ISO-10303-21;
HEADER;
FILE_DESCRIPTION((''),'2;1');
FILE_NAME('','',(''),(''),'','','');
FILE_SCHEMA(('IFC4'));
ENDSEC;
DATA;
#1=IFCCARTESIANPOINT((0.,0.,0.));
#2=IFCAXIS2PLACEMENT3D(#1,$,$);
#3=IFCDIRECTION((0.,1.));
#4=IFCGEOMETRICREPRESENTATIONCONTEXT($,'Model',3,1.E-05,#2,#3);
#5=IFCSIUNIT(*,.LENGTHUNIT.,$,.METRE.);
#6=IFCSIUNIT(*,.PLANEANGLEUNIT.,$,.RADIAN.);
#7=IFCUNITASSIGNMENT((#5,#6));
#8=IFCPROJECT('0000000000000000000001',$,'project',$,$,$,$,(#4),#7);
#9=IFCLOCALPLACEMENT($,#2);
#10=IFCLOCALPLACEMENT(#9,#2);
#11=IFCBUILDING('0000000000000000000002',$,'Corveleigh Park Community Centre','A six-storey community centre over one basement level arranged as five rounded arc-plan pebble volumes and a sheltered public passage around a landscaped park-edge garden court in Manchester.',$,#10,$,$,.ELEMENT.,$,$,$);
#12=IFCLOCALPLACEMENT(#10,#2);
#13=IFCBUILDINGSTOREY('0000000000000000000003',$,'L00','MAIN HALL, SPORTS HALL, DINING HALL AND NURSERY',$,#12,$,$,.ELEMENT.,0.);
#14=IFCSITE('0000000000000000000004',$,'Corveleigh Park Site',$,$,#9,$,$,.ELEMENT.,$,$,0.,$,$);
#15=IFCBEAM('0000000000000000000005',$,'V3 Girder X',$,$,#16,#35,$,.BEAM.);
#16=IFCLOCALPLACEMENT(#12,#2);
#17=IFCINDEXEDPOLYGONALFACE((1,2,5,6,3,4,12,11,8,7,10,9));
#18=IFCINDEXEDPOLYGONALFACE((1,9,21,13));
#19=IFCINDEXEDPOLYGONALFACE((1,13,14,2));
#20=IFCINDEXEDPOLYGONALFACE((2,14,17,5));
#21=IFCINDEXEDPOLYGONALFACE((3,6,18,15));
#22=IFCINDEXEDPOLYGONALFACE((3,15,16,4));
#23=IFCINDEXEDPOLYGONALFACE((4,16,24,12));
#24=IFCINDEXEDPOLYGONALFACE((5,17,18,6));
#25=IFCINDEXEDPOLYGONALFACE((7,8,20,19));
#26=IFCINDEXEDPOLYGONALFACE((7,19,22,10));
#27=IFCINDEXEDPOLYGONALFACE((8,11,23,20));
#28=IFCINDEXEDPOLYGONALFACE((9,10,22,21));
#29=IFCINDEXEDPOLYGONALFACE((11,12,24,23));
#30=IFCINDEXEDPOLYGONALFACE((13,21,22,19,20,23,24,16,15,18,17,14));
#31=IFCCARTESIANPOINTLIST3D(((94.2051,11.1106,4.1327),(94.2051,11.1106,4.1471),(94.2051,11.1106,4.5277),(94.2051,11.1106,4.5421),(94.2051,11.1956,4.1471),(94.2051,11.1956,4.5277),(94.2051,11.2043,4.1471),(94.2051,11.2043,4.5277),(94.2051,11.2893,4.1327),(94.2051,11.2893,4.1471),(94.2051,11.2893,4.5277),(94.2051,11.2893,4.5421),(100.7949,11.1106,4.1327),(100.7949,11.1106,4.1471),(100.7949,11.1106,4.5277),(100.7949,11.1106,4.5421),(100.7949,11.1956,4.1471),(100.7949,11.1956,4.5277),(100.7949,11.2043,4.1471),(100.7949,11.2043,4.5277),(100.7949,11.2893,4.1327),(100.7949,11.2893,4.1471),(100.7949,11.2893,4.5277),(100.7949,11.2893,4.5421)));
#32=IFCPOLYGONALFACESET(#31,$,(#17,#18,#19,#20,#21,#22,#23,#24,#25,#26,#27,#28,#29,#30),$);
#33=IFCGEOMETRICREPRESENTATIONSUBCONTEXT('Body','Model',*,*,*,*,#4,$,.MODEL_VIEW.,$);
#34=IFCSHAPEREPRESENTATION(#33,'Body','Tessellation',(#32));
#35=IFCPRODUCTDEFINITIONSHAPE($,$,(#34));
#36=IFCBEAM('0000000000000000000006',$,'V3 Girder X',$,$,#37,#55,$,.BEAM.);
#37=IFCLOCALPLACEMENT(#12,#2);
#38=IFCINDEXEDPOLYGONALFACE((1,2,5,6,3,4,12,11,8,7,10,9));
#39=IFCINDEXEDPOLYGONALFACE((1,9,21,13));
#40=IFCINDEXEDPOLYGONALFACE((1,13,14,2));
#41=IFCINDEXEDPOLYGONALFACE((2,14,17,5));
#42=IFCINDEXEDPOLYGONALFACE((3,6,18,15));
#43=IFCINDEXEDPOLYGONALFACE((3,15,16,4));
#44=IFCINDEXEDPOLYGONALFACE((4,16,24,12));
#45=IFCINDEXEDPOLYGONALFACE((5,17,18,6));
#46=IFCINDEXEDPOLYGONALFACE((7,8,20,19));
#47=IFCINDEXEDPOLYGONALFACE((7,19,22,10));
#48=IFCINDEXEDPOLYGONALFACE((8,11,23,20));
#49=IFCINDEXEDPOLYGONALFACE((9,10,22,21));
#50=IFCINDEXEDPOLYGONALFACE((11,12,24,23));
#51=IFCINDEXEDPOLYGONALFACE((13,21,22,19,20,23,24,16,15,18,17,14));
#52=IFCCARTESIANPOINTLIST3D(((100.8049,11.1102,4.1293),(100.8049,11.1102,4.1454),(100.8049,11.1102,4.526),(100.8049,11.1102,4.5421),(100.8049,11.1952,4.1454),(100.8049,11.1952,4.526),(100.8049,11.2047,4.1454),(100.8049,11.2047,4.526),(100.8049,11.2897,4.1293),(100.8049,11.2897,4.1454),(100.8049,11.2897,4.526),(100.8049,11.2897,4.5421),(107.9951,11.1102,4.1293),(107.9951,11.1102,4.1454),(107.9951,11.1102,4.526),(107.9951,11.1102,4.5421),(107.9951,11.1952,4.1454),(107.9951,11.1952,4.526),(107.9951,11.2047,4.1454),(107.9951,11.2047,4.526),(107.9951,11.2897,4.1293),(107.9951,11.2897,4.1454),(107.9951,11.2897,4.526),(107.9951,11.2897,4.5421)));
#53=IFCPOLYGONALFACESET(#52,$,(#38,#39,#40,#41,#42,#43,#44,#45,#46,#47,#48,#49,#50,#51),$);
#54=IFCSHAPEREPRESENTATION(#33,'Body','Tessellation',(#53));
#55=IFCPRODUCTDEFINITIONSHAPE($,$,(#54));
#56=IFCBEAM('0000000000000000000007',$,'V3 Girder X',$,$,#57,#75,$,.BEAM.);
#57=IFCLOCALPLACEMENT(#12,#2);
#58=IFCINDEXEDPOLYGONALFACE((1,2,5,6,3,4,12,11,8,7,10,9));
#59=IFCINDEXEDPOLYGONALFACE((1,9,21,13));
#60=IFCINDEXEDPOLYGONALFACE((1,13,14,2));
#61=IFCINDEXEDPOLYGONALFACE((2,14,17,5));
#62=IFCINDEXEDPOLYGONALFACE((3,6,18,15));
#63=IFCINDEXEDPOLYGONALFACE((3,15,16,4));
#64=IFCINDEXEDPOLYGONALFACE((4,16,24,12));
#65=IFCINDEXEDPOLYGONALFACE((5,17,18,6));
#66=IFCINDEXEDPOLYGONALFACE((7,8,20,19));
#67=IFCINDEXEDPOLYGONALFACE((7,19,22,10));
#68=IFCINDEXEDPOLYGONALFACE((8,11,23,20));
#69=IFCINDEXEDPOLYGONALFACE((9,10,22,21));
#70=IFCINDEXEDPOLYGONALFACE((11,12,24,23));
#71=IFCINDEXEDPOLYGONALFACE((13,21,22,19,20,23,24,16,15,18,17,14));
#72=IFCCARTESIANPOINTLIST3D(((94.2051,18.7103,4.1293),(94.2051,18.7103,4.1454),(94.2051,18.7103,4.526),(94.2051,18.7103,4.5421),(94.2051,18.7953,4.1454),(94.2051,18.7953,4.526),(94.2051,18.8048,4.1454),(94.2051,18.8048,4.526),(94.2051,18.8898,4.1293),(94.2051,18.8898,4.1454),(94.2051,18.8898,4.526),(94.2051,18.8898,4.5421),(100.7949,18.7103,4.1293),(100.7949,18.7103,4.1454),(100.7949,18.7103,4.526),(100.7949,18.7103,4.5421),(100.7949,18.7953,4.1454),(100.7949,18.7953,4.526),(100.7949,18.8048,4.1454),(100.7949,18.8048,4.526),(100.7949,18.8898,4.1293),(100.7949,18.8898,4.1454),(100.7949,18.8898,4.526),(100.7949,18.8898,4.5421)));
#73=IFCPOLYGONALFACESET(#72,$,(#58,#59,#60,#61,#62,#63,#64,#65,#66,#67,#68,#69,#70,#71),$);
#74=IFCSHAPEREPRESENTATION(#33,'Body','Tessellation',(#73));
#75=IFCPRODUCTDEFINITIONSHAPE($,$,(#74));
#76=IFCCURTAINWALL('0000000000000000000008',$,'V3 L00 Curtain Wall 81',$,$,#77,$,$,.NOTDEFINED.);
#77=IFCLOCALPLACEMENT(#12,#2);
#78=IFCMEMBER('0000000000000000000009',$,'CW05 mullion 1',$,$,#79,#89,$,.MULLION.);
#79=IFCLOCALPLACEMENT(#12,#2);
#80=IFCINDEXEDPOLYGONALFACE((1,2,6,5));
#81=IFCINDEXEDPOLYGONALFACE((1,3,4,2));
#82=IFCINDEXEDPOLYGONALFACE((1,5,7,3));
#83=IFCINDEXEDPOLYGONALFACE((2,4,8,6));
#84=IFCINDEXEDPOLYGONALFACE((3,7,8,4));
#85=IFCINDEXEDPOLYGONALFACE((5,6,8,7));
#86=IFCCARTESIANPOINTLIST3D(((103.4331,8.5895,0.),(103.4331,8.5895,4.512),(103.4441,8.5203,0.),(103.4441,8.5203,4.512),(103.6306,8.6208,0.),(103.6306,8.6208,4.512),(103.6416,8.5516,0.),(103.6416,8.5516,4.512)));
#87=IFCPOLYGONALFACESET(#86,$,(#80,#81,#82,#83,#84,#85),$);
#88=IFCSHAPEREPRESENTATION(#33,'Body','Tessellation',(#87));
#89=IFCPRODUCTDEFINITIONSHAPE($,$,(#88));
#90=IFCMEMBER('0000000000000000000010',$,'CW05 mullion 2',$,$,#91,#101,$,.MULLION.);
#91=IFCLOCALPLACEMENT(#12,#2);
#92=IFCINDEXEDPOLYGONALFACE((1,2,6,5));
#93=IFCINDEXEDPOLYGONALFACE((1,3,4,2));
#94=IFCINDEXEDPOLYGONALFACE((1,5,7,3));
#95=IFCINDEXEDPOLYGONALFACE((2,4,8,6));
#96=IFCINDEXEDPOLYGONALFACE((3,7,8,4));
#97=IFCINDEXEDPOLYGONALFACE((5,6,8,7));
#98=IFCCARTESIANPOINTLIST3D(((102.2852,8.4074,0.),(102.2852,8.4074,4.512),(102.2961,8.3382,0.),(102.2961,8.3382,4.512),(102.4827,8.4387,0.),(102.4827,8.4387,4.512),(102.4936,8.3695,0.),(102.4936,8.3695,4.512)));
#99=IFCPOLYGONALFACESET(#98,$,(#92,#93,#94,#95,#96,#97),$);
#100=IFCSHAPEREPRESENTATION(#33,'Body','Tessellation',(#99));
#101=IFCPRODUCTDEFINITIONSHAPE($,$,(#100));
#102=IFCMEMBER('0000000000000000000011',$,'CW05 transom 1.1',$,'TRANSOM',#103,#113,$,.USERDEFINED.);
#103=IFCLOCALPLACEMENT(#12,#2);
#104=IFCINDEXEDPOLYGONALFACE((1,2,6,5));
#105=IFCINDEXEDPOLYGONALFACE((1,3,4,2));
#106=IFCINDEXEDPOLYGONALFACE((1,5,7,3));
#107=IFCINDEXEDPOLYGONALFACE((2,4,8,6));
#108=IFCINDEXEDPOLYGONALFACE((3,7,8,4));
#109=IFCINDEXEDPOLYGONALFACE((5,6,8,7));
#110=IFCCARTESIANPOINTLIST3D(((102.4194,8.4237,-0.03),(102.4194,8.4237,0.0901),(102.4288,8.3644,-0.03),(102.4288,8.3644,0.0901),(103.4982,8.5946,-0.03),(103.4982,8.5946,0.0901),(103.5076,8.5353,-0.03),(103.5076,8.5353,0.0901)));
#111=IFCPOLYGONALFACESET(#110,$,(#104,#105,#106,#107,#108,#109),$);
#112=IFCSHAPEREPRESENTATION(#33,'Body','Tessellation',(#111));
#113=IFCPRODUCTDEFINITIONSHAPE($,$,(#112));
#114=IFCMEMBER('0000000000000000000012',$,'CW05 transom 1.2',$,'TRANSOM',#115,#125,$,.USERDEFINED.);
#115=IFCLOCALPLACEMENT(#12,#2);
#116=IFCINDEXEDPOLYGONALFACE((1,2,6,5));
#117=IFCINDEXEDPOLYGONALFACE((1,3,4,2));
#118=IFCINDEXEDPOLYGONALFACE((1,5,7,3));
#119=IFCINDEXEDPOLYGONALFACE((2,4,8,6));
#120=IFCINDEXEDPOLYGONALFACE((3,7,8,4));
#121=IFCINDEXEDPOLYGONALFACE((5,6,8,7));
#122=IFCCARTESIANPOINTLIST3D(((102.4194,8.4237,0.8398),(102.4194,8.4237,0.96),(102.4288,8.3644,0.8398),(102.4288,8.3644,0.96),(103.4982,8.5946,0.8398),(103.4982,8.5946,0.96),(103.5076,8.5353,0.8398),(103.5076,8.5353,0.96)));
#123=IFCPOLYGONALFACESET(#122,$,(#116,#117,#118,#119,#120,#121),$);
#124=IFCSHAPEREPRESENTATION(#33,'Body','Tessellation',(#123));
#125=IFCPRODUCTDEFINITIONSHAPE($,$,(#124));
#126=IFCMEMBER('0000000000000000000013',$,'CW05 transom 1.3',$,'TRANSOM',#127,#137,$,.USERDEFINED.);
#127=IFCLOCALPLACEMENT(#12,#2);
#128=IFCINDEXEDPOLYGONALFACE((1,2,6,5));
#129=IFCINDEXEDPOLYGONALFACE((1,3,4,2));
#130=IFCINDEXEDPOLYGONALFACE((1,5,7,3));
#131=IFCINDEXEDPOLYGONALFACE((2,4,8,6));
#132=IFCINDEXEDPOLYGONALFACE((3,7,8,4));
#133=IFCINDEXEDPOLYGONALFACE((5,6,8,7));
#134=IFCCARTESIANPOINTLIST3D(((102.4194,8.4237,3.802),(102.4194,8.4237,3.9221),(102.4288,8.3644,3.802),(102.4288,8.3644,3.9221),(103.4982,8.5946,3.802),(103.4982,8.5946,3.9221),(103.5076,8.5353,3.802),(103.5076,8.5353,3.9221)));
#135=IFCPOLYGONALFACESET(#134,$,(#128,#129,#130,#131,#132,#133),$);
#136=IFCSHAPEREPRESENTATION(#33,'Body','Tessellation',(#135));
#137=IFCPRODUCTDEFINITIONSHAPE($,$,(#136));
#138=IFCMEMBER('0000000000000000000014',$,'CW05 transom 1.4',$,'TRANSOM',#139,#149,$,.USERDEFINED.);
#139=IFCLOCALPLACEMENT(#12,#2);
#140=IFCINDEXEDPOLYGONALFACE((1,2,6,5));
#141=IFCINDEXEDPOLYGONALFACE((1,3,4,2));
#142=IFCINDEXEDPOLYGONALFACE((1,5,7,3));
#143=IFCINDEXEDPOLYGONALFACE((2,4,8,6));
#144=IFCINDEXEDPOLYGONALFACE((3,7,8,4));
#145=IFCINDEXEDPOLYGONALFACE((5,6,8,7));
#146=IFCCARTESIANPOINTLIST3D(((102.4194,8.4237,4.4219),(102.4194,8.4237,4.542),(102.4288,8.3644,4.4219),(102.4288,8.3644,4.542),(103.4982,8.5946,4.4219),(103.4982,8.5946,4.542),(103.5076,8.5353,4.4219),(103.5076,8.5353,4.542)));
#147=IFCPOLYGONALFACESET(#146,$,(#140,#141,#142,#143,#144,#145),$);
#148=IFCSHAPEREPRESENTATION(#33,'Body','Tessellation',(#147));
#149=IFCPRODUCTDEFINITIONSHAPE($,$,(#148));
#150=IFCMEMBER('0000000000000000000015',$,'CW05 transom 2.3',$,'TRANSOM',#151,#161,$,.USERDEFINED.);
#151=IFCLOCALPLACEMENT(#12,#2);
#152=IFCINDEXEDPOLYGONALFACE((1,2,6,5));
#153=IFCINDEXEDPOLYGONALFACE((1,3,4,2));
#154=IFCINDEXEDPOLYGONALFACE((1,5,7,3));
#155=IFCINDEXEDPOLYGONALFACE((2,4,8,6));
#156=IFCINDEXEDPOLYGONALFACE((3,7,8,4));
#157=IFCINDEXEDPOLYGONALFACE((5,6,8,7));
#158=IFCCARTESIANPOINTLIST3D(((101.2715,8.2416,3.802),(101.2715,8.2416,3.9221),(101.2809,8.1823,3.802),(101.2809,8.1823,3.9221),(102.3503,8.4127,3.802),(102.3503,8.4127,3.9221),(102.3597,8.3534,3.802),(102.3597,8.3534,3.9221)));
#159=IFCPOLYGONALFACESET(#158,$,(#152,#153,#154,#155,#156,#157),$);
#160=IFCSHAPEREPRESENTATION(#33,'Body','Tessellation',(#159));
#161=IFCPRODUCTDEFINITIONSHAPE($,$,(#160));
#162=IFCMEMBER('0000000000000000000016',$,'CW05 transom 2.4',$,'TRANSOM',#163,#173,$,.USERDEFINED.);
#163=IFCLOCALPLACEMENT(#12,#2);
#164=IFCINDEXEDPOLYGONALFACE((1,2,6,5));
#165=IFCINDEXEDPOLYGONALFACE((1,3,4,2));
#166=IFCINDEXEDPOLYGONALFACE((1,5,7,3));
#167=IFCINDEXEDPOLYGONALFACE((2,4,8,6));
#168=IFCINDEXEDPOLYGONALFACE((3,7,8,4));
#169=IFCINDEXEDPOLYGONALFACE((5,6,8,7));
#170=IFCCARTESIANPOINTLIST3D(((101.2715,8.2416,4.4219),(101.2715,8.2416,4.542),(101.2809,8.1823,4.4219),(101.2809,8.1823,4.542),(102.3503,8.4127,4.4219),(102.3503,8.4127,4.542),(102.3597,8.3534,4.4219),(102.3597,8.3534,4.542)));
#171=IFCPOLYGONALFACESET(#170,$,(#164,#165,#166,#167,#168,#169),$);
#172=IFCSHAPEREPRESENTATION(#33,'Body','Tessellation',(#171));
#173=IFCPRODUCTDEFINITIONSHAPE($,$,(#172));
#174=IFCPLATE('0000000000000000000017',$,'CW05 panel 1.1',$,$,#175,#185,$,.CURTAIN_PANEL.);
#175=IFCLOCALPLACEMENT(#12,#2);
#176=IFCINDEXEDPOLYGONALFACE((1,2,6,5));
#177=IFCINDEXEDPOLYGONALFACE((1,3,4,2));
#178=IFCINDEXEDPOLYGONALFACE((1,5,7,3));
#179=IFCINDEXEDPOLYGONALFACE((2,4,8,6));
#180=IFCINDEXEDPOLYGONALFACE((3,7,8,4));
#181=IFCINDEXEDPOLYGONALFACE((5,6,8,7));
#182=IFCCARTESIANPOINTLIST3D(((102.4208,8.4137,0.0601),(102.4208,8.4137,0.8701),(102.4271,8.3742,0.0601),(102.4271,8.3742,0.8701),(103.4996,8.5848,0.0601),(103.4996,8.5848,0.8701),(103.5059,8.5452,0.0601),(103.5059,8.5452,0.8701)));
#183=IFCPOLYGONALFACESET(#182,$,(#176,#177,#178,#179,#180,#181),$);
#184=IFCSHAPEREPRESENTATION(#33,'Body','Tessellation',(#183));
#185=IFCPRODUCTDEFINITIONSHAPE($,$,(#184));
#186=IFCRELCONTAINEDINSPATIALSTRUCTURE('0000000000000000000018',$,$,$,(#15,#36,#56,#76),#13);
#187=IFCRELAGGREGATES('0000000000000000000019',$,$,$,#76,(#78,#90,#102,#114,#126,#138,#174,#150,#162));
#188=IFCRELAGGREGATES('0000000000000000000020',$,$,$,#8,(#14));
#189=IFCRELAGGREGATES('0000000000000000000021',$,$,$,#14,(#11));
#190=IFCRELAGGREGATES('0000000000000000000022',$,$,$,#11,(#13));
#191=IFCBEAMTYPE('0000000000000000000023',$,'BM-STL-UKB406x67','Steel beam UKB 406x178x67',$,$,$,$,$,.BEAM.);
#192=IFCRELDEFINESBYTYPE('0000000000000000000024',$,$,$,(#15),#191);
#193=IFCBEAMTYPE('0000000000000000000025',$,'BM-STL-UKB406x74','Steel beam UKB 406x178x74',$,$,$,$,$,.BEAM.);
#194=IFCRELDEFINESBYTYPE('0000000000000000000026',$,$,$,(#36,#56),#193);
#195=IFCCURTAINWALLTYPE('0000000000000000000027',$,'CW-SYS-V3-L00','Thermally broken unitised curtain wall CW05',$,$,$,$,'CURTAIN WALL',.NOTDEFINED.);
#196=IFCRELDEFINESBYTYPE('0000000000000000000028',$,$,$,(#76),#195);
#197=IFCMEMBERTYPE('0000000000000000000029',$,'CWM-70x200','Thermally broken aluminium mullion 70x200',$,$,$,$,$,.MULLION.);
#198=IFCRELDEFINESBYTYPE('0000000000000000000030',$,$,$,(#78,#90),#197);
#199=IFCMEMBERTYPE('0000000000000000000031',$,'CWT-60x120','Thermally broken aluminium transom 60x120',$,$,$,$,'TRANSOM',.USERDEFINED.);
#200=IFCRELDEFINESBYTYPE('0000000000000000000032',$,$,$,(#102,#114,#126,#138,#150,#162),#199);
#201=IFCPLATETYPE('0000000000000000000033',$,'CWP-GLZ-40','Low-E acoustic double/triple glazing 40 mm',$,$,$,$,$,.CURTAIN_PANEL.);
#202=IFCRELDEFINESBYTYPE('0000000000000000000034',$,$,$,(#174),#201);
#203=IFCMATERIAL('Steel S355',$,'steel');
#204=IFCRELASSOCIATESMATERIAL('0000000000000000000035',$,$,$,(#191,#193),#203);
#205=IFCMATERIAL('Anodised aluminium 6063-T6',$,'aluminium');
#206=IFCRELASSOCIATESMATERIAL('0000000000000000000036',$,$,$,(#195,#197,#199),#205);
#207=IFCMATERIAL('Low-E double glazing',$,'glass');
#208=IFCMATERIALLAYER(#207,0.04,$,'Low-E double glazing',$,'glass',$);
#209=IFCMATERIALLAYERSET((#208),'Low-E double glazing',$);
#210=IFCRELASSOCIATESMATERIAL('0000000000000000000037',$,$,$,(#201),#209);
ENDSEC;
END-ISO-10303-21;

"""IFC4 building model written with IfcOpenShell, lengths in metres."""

from ifc_helpers import new_model, si_unit, direction, frame, origin, origin_2d, place, context, subcontext, project, spatial, rectangle, i_section, extrude, material, layer, layer_set, material_profile, profile_set, type_object, element, aggregate, save


model = new_model("IFC4")

# Units and contexts
model_context = context("Model", 3, precision=1e-05, world=origin(), true_north=direction((0.0, 1.0)))
body_context = subcontext(model_context, "Body", "Model", "MODEL_VIEW")
ifc_project = project(units=[si_unit("LENGTHUNIT", "METRE"), si_unit("PLANEANGLEUNIT", "RADIAN")], contexts=[model_context])

# Site, building, storey
site_placement = place(None, origin())
site = spatial("IfcSite", under=ifc_project, at=site_placement, Name="Corveleigh Park Site", CompositionType="ELEMENT", RefElevation=0.0)
building_placement = place(site_placement, origin())
building = spatial("IfcBuilding", under=site, at=building_placement, Name="Corveleigh Park Community Centre", Description="A six-storey community centre over one basement level arranged as five rounded arc-plan pebble volumes and a sheltered public passage around a landscaped park-edge garden court in Manchester.", CompositionType="ELEMENT")
storey_placement = place(building_placement, origin())
storey = spatial("IfcBuildingStorey", under=building, at=storey_placement, Name="L00", Description="MAIN HALL, SPORTS HALL, DINING HALL AND NURSERY", CompositionType="ELEMENT", Elevation=0.0)

# Beams
ifc_material_1 = material(Name="Steel S355", Category="steel")
ifc_material_profile_1 = material_profile(ifc_material_1, i_section(OverallWidth=0.1787, OverallDepth=0.4094, WebThickness=0.0088, FlangeThickness=0.0144, at=origin_2d()), Name="UKB 406x178x67", Category="steel")
ifc_profile_set_1 = profile_set([ifc_material_profile_1], Name="Steel S355")
beam_type_1 = type_object("IfcBeamType", Name="BM-STL-UKB406x67", Description="Steel beam UKB 406x178x67", PredefinedType="BEAM", material=ifc_profile_set_1)
beam_1_placement = place(storey_placement, frame((94.2051, 11.2, 4.3374), z_axis=(1.0, 0.0, 0.0), x_axis=(0.0, 1.0, 0.0)))
element("IfcBeam", 1, at=beam_1_placement, inside=storey, type_object=beam_type_1, Name="V3 Girder X", PredefinedType="BEAM", context=body_context, shape_type="SweptSolid", body=[
    extrude(i_section(OverallWidth=0.1787, OverallDepth=0.4094, WebThickness=0.0088, FlangeThickness=0.0144, at=origin_2d()), origin(), (0.0, 0.0, 1.0), 6.5898),
])
ifc_material_profile_2 = material_profile(ifc_material_1, i_section(OverallWidth=0.1794, OverallDepth=0.4128, WebThickness=0.0095, FlangeThickness=0.0161, at=origin_2d()), Name="UKB 406x178x74", Category="steel")
ifc_profile_set_2 = profile_set([ifc_material_profile_2], Name="Steel S355")
beam_type_2 = type_object("IfcBeamType", Name="BM-STL-UKB406x74", Description="Steel beam UKB 406x178x74", PredefinedType="BEAM", material=ifc_profile_set_2)
beam_2_placement = place(storey_placement, frame((100.8049, 11.2, 4.3357), z_axis=(1.0, 0.0, 0.0), x_axis=(0.0, 1.0, 0.0)))
element("IfcBeam", 2, at=beam_2_placement, inside=storey, type_object=beam_type_2, Name="V3 Girder X", PredefinedType="BEAM", context=body_context, shape_type="SweptSolid", body=[
    extrude(i_section(OverallWidth=0.1794, OverallDepth=0.4128, WebThickness=0.0095, FlangeThickness=0.0161, at=origin_2d()), origin(), (0.0, 0.0, 1.0), 7.1902),
])
beam_3_placement = place(storey_placement, frame((94.2051, 18.8, 4.3357), z_axis=(1.0, 0.0, 0.0), x_axis=(0.0, 1.0, 0.0)))
element("IfcBeam", 3, at=beam_3_placement, inside=storey, type_object=beam_type_2, Name="V3 Girder X", PredefinedType="BEAM", context=body_context, shape_type="SweptSolid", body=[
    extrude(i_section(OverallWidth=0.1794, OverallDepth=0.4128, WebThickness=0.0095, FlangeThickness=0.0161, at=origin_2d()), origin(), (0.0, 0.0, 1.0), 6.5898),
])

# Curtain wall, members, plate
ifc_material_2 = material(Name="Anodised aluminium 6063-T6", Category="aluminium")
curtain_wall_type = type_object("IfcCurtainWallType", Name="CW-SYS-V3-L00", Description="Thermally broken unitised curtain wall CW05", ElementType="CURTAIN WALL", PredefinedType="NOTDEFINED", material=ifc_material_2)
curtain_wall_placement = place(storey_placement, origin())
curtain_wall = element("IfcCurtainWall", 4, at=curtain_wall_placement, inside=storey, type_object=curtain_wall_type, Name="V3 L00 Curtain Wall 81", PredefinedType="NOTDEFINED")
ifc_material_profile_3 = material_profile(ifc_material_2, rectangle(XDim=0.0701, YDim=0.2, at=origin_2d()), Name="ALU-M70x200", Category="aluminium")
ifc_profile_set_3 = profile_set([ifc_material_profile_3], Name="Anodised aluminium 6063-T6")
member_type_1 = type_object("IfcMemberType", Name="CWM-70x200", Description="Thermally broken aluminium mullion 70x200", PredefinedType="MULLION", material=ifc_profile_set_3)
member_1_placement = place(storey_placement, frame((103.5374, 8.5706, 0.0), z_axis=(0.0, 0.0, 1.0), x_axis=(0.156606, -0.987661, 0.0)))
member_1 = element("IfcMember", 5, at=member_1_placement, type_object=member_type_1, Name="CW05 mullion 1", PredefinedType="MULLION", context=body_context, shape_type="SweptSolid", body=[
    extrude(rectangle(XDim=0.0701, YDim=0.2, at=origin_2d()), origin(), (0.0, 0.0, 1.0), 4.512),
])
member_2_placement = place(storey_placement, frame((102.3894, 8.3884, 0.0), z_axis=(0.0, 0.0, 1.0), x_axis=(0.156606, -0.987661, 0.0)))
member_2 = element("IfcMember", 6, at=member_2_placement, type_object=member_type_1, Name="CW05 mullion 2", PredefinedType="MULLION", context=body_context, shape_type="SweptSolid", body=[
    extrude(rectangle(XDim=0.0701, YDim=0.2, at=origin_2d()), origin(), (0.0, 0.0, 1.0), 4.512),
])
ifc_material_profile_4 = material_profile(ifc_material_2, rectangle(XDim=0.0601, YDim=0.1201, at=origin_2d()), Name="ALU-T60x120", Category="aluminium")
ifc_profile_set_4 = profile_set([ifc_material_profile_4], Name="Anodised aluminium 6063-T6")
member_type_2 = type_object("IfcMemberType", Name="CWT-60x120", Description="Thermally broken aluminium transom 60x120", ElementType="TRANSOM", PredefinedType="USERDEFINED", material=ifc_profile_set_4)
member_3_placement = place(storey_placement, frame((103.5029, 8.5649, 0.03), z_axis=(-0.987685, -0.156456, 0.0), x_axis=(0.156456, -0.987685, 0.0)))
member_3 = element("IfcMember", 7, at=member_3_placement, type_object=member_type_2, Name="CW05 transom 1.1", ObjectType="TRANSOM", PredefinedType="USERDEFINED", context=body_context, shape_type="SweptSolid", body=[
    extrude(rectangle(XDim=0.0601, YDim=0.1201, at=origin_2d()), origin(), (0.0, 0.0, 1.0), 1.0923),
])
member_4_placement = place(storey_placement, frame((103.5029, 8.5649, 0.8999), z_axis=(-0.987685, -0.156456, 0.0), x_axis=(0.156456, -0.987685, 0.0)))
member_4 = element("IfcMember", 8, at=member_4_placement, type_object=member_type_2, Name="CW05 transom 1.2", ObjectType="TRANSOM", PredefinedType="USERDEFINED", context=body_context, shape_type="SweptSolid", body=[
    extrude(rectangle(XDim=0.0601, YDim=0.1201, at=origin_2d()), origin(), (0.0, 0.0, 1.0), 1.0923),
])
member_5_placement = place(storey_placement, frame((103.5029, 8.5649, 3.8621), z_axis=(-0.987685, -0.156456, 0.0), x_axis=(0.156456, -0.987685, 0.0)))
member_5 = element("IfcMember", 9, at=member_5_placement, type_object=member_type_2, Name="CW05 transom 1.3", ObjectType="TRANSOM", PredefinedType="USERDEFINED", context=body_context, shape_type="SweptSolid", body=[
    extrude(rectangle(XDim=0.0601, YDim=0.1201, at=origin_2d()), origin(), (0.0, 0.0, 1.0), 1.0923),
])
member_6_placement = place(storey_placement, frame((103.5029, 8.5649, 4.4819), z_axis=(-0.987685, -0.156456, 0.0), x_axis=(0.156456, -0.987685, 0.0)))
member_6 = element("IfcMember", 10, at=member_6_placement, type_object=member_type_2, Name="CW05 transom 1.4", ObjectType="TRANSOM", PredefinedType="USERDEFINED", context=body_context, shape_type="SweptSolid", body=[
    extrude(rectangle(XDim=0.0601, YDim=0.1201, at=origin_2d()), origin(), (0.0, 0.0, 1.0), 1.0923),
])
member_7_placement = place(storey_placement, frame((102.355, 8.3831, 3.8621), z_axis=(-0.98765, -0.156674, 0.0), x_axis=(0.156674, -0.98765, 0.0)))
member_7 = element("IfcMember", 11, at=member_7_placement, type_object=member_type_2, Name="CW05 transom 2.3", ObjectType="TRANSOM", PredefinedType="USERDEFINED", context=body_context, shape_type="SweptSolid", body=[
    extrude(rectangle(XDim=0.0601, YDim=0.1201, at=origin_2d()), origin(), (0.0, 0.0, 1.0), 1.0923),
])
member_8_placement = place(storey_placement, frame((102.355, 8.3831, 4.4819), z_axis=(-0.98765, -0.156674, 0.0), x_axis=(0.156674, -0.98765, 0.0)))
member_8 = element("IfcMember", 12, at=member_8_placement, type_object=member_type_2, Name="CW05 transom 2.4", ObjectType="TRANSOM", PredefinedType="USERDEFINED", context=body_context, shape_type="SweptSolid", body=[
    extrude(rectangle(XDim=0.0601, YDim=0.1201, at=origin_2d()), origin(), (0.0, 0.0, 1.0), 1.0923),
])
ifc_material_3 = material(Name="Low-E double glazing", Category="glass")
ifc_layer_1 = layer(ifc_material_3, 0.04, Name="Low-E double glazing", Category="glass")
ifc_layer_set_1 = layer_set([ifc_layer_1], Name="Low-E double glazing")
plate_type = type_object("IfcPlateType", Name="CWP-GLZ-40", Description="Low-E acoustic double/triple glazing 40 mm", PredefinedType="CURTAIN_PANEL", material=ifc_layer_set_1)
plate_1_placement = place(storey_placement, frame((102.9634, 8.4795, 0.0601), z_axis=(0.0, 0.0, 1.0), x_axis=(-0.987661, -0.156606, 0.0)))
plate_1 = element("IfcPlate", 13, at=plate_1_placement, type_object=plate_type, Name="CW05 panel 1.1", PredefinedType="CURTAIN_PANEL", context=body_context, shape_type="SweptSolid", body=[
    extrude(rectangle(XDim=1.0923, YDim=0.04, at=origin_2d()), origin(), (0.0, 0.0, 1.0), 0.8101),
])
aggregate(curtain_wall, [member_1, member_2, member_3, member_4, member_5, member_6, plate_1, member_7, member_8])

save(model, "model.ifc")
